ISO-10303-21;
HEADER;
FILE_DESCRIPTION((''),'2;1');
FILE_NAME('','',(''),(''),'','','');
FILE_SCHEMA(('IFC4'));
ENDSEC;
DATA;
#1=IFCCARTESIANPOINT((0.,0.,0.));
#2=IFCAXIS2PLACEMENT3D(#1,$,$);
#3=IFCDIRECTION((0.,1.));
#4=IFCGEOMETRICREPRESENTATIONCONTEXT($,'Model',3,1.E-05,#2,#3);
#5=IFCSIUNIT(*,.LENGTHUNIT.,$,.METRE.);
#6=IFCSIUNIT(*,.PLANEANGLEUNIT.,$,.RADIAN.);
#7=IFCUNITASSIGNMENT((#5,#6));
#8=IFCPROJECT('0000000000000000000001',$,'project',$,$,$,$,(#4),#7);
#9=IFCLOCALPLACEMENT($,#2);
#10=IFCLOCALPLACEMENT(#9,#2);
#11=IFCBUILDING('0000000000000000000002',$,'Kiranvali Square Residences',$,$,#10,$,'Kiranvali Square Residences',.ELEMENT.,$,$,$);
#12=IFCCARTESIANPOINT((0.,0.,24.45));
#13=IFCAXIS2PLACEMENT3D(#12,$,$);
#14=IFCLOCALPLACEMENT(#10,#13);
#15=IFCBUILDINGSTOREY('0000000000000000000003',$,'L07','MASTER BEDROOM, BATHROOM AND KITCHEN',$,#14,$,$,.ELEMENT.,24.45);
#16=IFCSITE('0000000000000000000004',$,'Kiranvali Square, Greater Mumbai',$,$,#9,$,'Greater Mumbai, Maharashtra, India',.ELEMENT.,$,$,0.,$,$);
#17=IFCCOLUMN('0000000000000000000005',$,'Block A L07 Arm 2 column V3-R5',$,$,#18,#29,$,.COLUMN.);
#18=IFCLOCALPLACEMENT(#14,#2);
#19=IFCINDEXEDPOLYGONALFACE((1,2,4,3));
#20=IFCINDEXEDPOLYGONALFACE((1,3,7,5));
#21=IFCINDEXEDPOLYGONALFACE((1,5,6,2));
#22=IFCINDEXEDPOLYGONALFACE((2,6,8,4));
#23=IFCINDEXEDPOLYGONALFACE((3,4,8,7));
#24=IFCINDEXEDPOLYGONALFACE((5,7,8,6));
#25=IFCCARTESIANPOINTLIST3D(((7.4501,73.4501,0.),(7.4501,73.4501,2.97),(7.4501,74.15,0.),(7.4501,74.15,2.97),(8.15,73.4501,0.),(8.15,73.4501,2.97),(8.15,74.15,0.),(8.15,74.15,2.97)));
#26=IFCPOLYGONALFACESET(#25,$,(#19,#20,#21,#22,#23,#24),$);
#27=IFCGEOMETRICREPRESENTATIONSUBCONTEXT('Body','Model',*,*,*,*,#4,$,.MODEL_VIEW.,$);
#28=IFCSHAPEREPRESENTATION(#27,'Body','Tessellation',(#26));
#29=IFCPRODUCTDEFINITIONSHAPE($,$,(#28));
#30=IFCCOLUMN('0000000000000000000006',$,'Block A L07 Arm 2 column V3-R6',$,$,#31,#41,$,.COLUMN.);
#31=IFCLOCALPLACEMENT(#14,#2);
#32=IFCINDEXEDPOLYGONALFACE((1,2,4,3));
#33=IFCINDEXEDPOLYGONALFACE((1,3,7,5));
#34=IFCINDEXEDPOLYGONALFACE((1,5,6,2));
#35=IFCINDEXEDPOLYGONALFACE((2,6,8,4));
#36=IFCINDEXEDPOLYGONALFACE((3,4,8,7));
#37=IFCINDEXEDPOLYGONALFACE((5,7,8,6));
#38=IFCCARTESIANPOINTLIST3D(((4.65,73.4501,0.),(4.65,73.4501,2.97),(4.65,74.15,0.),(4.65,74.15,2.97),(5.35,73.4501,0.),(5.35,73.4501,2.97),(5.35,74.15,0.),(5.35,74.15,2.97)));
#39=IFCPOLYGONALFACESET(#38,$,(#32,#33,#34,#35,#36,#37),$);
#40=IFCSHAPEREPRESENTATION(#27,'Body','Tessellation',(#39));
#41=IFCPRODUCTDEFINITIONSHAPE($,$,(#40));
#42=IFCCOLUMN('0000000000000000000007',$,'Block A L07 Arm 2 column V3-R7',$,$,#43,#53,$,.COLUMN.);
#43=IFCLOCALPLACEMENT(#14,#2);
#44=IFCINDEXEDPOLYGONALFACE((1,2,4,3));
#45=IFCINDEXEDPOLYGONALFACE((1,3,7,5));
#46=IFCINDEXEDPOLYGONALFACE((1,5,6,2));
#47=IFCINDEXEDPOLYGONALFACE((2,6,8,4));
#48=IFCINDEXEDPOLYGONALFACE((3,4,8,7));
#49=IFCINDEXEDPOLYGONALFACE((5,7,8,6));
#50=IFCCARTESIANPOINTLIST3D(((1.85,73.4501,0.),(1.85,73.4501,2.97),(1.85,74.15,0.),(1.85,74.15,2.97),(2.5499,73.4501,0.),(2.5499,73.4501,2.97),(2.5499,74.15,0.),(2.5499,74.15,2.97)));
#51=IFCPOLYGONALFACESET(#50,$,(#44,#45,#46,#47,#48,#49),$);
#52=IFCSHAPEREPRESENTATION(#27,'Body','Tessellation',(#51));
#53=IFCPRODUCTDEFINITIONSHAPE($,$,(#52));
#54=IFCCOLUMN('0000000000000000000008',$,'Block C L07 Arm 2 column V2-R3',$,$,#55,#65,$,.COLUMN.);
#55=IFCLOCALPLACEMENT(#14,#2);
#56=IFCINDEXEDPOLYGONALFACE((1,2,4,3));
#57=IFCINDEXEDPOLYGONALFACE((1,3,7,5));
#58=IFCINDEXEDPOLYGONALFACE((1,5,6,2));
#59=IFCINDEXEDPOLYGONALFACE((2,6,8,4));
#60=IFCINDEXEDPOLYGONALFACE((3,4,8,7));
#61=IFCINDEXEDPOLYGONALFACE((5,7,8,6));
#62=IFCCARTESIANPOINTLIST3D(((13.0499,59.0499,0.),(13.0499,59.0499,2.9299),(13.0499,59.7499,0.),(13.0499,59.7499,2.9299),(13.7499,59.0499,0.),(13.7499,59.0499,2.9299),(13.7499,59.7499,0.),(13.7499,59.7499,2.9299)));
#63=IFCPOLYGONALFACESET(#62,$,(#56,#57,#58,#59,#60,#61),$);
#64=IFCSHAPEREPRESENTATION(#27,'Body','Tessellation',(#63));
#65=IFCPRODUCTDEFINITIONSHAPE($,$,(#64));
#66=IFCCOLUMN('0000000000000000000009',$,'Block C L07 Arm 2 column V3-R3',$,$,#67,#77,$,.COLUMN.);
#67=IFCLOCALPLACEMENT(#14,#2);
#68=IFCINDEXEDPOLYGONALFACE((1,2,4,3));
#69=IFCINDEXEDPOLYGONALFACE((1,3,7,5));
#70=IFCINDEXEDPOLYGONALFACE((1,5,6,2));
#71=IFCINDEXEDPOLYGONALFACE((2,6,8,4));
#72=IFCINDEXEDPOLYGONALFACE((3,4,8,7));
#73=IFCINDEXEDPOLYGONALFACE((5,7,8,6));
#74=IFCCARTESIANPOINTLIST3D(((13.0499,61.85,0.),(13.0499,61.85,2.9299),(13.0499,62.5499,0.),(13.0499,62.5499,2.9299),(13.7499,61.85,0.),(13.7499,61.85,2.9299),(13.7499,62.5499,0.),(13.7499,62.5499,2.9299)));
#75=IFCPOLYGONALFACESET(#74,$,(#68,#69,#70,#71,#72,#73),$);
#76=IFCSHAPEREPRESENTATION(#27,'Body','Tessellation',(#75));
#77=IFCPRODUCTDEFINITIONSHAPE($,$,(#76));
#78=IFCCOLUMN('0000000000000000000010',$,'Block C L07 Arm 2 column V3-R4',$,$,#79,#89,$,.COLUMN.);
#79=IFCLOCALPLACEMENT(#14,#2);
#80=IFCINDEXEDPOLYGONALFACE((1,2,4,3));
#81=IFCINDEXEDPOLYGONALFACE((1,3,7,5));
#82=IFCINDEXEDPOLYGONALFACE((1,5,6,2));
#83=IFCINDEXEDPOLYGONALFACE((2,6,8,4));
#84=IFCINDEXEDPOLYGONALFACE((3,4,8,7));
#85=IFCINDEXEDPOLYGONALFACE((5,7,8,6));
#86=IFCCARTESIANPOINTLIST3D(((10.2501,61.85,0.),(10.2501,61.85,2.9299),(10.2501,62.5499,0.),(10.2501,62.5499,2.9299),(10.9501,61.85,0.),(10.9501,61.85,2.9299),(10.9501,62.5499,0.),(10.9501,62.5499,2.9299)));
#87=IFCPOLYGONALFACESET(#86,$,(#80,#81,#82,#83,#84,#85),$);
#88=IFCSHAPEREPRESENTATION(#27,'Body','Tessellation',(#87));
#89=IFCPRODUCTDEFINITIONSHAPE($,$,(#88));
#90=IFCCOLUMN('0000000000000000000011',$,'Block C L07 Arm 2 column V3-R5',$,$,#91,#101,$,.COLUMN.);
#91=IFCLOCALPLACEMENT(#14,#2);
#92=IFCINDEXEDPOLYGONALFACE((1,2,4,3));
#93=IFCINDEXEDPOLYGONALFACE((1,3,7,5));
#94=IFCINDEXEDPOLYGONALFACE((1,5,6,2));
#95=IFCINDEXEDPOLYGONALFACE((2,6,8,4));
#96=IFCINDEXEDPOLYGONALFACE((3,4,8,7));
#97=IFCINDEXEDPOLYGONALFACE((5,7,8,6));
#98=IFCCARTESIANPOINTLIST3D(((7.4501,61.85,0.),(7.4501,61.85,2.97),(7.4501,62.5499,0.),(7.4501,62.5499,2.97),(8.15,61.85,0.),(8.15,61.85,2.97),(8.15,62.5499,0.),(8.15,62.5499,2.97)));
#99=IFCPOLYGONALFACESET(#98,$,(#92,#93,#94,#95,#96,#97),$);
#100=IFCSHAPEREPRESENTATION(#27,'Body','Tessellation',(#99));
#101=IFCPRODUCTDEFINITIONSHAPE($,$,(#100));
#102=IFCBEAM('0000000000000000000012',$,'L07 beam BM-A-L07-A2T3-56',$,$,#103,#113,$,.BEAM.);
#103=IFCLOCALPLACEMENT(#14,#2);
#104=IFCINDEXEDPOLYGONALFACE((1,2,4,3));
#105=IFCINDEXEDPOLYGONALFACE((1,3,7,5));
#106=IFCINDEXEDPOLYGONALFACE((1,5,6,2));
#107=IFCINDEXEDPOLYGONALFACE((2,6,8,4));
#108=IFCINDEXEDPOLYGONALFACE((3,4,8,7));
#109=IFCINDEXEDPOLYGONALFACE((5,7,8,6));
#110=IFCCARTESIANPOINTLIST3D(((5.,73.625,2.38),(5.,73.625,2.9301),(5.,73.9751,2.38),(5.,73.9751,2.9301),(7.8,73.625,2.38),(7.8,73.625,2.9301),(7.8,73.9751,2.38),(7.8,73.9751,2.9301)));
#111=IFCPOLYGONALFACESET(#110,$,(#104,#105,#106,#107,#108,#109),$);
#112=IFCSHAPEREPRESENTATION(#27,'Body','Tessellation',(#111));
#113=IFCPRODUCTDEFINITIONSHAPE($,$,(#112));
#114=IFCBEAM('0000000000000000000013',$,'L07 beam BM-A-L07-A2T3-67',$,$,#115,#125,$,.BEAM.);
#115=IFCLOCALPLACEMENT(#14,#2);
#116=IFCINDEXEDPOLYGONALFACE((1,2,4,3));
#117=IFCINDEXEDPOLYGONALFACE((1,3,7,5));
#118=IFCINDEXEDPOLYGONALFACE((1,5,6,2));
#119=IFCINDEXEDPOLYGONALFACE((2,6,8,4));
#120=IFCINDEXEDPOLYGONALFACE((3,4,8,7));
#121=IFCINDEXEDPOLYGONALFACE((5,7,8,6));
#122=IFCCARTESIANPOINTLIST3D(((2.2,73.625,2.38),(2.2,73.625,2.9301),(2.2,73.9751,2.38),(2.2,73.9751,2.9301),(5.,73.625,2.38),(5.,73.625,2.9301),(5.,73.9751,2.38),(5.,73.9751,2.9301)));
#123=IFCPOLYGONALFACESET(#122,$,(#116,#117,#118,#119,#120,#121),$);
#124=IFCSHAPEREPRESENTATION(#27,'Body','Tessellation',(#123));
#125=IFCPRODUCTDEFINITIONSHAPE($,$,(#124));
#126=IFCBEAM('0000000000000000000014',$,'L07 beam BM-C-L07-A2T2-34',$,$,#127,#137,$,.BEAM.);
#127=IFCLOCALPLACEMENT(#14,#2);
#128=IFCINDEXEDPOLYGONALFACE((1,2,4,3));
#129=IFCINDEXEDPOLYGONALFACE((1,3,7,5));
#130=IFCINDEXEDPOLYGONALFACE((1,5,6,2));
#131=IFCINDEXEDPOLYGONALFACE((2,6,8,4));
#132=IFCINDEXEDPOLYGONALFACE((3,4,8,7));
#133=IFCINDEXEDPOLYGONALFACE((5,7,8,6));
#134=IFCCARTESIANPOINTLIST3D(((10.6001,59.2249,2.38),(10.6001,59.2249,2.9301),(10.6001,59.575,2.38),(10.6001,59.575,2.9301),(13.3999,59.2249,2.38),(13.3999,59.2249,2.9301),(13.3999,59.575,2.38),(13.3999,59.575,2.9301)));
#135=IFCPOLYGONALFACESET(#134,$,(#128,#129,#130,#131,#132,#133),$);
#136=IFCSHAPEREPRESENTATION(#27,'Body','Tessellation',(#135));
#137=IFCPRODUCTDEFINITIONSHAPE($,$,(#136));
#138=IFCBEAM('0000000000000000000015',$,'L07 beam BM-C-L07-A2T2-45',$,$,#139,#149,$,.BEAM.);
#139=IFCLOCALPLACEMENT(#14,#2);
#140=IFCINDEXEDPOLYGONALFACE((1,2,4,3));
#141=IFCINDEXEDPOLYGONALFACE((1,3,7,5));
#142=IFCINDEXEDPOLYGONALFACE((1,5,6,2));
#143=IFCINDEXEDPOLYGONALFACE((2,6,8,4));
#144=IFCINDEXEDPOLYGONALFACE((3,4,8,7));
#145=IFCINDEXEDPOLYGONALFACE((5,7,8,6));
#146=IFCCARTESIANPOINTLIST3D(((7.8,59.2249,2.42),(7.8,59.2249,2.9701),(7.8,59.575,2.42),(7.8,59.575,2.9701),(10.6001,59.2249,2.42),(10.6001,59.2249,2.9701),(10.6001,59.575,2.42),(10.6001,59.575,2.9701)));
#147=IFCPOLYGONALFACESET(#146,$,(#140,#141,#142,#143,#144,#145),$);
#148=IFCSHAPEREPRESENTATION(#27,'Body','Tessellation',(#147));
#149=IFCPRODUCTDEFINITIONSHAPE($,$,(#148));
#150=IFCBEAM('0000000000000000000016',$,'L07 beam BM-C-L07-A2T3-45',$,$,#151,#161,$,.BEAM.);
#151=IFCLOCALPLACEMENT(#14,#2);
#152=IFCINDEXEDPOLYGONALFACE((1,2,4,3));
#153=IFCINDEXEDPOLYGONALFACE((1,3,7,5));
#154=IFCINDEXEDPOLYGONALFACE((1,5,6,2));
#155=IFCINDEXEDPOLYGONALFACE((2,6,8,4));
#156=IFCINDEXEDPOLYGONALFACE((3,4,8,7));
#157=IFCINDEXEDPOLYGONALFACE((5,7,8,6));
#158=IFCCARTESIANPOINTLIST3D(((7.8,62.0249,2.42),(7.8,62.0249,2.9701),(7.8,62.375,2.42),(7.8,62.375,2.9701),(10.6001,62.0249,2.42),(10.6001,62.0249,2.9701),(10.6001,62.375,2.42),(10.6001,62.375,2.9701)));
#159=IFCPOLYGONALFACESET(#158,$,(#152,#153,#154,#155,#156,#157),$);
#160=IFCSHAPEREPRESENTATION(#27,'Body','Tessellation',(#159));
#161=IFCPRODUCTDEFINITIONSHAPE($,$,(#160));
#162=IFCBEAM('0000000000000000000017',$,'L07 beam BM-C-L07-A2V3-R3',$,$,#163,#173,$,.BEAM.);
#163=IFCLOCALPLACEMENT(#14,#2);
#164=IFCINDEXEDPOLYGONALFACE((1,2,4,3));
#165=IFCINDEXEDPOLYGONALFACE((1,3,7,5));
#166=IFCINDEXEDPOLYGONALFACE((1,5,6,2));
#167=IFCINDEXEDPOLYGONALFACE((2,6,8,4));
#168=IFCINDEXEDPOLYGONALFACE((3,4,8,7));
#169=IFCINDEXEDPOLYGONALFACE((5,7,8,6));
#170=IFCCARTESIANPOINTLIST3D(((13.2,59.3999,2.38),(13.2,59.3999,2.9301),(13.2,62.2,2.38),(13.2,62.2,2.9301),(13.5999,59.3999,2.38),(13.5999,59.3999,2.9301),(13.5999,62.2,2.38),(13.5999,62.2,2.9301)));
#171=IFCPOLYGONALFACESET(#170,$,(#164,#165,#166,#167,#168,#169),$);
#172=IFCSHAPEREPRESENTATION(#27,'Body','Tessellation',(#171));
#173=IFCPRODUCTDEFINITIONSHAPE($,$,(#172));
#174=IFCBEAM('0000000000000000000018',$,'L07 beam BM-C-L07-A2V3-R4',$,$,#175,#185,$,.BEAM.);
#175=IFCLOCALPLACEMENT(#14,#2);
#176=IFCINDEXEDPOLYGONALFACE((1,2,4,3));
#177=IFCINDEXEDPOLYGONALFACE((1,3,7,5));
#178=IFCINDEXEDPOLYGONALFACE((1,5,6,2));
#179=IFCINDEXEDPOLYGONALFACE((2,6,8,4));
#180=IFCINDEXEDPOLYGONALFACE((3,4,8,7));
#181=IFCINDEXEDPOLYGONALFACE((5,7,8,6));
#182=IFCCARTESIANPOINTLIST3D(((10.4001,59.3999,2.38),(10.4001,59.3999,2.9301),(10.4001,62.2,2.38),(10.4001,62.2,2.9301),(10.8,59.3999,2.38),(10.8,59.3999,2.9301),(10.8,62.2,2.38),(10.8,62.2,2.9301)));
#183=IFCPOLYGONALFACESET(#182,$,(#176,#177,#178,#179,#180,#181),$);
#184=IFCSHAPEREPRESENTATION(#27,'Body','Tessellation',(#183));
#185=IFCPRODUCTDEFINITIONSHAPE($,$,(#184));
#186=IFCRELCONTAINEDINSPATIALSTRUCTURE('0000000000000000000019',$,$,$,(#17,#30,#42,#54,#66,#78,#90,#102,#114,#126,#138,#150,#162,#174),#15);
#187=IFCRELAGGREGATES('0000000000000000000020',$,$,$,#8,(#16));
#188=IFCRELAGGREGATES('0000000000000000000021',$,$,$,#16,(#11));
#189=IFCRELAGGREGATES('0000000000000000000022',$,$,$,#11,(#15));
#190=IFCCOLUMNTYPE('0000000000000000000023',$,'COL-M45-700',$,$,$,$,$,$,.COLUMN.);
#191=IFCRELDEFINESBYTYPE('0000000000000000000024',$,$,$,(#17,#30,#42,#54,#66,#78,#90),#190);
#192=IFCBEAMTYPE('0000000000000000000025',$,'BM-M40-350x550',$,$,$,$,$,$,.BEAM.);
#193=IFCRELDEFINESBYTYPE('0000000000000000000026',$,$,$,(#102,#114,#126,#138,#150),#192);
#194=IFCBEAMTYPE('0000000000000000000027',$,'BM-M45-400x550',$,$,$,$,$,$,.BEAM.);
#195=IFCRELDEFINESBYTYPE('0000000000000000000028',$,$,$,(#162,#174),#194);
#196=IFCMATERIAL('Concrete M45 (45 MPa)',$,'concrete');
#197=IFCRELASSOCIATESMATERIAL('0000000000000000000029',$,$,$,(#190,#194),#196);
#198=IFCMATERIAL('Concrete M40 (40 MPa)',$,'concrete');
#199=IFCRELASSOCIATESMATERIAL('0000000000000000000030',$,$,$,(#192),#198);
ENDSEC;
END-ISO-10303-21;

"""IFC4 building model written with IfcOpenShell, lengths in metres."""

from ifc_helpers import new_model, si_unit, direction, frame, origin, origin_2d, place, context, subcontext, project, spatial, rectangle, extrude, material, material_profile, profile_set, type_object, element, save


model = new_model("IFC4")

# Units and contexts
model_context = context("Model", 3, precision=1e-05, world=origin(), true_north=direction((0.0, 1.0)))
body_context = subcontext(model_context, "Body", "Model", "MODEL_VIEW")
ifc_project = project(units=[si_unit("LENGTHUNIT", "METRE"), si_unit("PLANEANGLEUNIT", "RADIAN")], contexts=[model_context])

# Site, building, storey
site_placement = place(None, origin())
site = spatial("IfcSite", under=ifc_project, at=site_placement, Name="Kiranvali Square, Greater Mumbai", LongName="Greater Mumbai, Maharashtra, India", CompositionType="ELEMENT", RefElevation=0.0)
building_placement = place(site_placement, origin())
building = spatial("IfcBuilding", under=site, at=building_placement, Name="Kiranvali Square Residences", LongName="Kiranvali Square Residences", CompositionType="ELEMENT")
storey_placement = place(building_placement, frame((0.0, 0.0, 24.45)))
storey = spatial("IfcBuildingStorey", under=building, at=storey_placement, Name="L07", Description="MASTER BEDROOM, BATHROOM AND KITCHEN", CompositionType="ELEMENT", Elevation=24.45)

# Columns
ifc_material_1 = material(Name="Concrete M45 (45 MPa)", Category="concrete")
ifc_material_profile_1 = material_profile(ifc_material_1, rectangle(XDim=0.7, YDim=0.7, at=origin_2d()), Name="RC 700x700")
ifc_profile_set_1 = profile_set([ifc_material_profile_1], Name="Concrete M45 (45 MPa)")
column_type = type_object("IfcColumnType", Name="COL-M45-700", PredefinedType="COLUMN", material=ifc_profile_set_1)
for number, where, z_axis, x_axis, name in (
    (1, (7.8, 73.8, 0.0), (0.0, 0.0, 1.0), (1.0, 0.0, 0.0), "Block A L07 Arm 2 column V3-R5"),
    (2, (5.0, 73.8, 0.0), (0.0, 0.0, 1.0), (1.0, 0.0, 0.0), "Block A L07 Arm 2 column V3-R6"),
    (3, (2.2, 73.8, 0.0), (0.0, 0.0, 1.0), (1.0, 0.0, 0.0), "Block A L07 Arm 2 column V3-R7"),
):
    element("IfcColumn", number, at=place(storey_placement, frame(where, z_axis=z_axis, x_axis=x_axis)), inside=storey, type_object=column_type, Name=name, PredefinedType="COLUMN", context=body_context, shape_type="SweptSolid", body=[
        extrude(rectangle(XDim=0.7, YDim=0.7, at=origin_2d()), origin(), (0.0, 0.0, 1.0), 2.97),
    ])
for number, where, z_axis, x_axis, name in (
    (4, (13.3999, 59.3999, 0.0), (0.0, 0.0, 1.0), (1.0, 0.0, 0.0), "Block C L07 Arm 2 column V2-R3"),
    (5, (13.3999, 62.2, 0.0), (0.0, 0.0, 1.0), (1.0, 0.0, 0.0), "Block C L07 Arm 2 column V3-R3"),
    (6, (10.6001, 62.2, 0.0), (0.0, 0.0, 1.0), (1.0, 0.0, 0.0), "Block C L07 Arm 2 column V3-R4"),
):
    element("IfcColumn", number, at=place(storey_placement, frame(where, z_axis=z_axis, x_axis=x_axis)), inside=storey, type_object=column_type, Name=name, PredefinedType="COLUMN", context=body_context, shape_type="SweptSolid", body=[
        extrude(rectangle(XDim=0.7, YDim=0.7, at=origin_2d()), origin(), (0.0, 0.0, 1.0), 2.9299),
    ])
column_placement = place(storey_placement, frame((7.8, 62.2, 0.0), z_axis=(0.0, 0.0, 1.0), x_axis=(1.0, 0.0, 0.0)))
element("IfcColumn", 7, at=column_placement, inside=storey, type_object=column_type, Name="Block C L07 Arm 2 column V3-R5", PredefinedType="COLUMN", context=body_context, shape_type="SweptSolid", body=[
    extrude(rectangle(XDim=0.7, YDim=0.7, at=origin_2d()), origin(), (0.0, 0.0, 1.0), 2.97),
])

# Beams
ifc_material_2 = material(Name="Concrete M40 (40 MPa)", Category="concrete")
ifc_material_profile_2 = material_profile(ifc_material_2, rectangle(XDim=0.3501, YDim=0.55, at=origin_2d()), Name="RC 350x550")
ifc_profile_set_2 = profile_set([ifc_material_profile_2], Name="Concrete M40 (40 MPa)")
beam_type_1 = type_object("IfcBeamType", Name="BM-M40-350x550", PredefinedType="BEAM", material=ifc_profile_set_2)
for number, where, z_axis, x_axis, name in (
    (8, (7.8, 73.8, 2.655), (-1.0, 0.0, 0.0), (0.0, -1.0, 0.0), "L07 beam BM-A-L07-A2T3-56"),
    (9, (5.0, 73.8, 2.655), (-1.0, 0.0, 0.0), (0.0, -1.0, 0.0), "L07 beam BM-A-L07-A2T3-67"),
):
    element("IfcBeam", number, at=place(storey_placement, frame(where, z_axis=z_axis, x_axis=x_axis)), inside=storey, type_object=beam_type_1, Name=name, PredefinedType="BEAM", context=body_context, shape_type="SweptSolid", body=[
        extrude(rectangle(XDim=0.3501, YDim=0.55, at=origin_2d()), origin(), (0.0, 0.0, 1.0), 2.8),
    ])
beam_placement = place(storey_placement, frame((13.3999, 59.3999, 2.655), z_axis=(-1.0, 0.0, 0.0), x_axis=(0.0, -1.0, 0.0)))
element("IfcBeam", 10, at=beam_placement, inside=storey, type_object=beam_type_1, Name="L07 beam BM-C-L07-A2T2-34", PredefinedType="BEAM", context=body_context, shape_type="SweptSolid", body=[
    extrude(rectangle(XDim=0.3501, YDim=0.55, at=origin_2d()), origin(), (0.0, 0.0, 1.0), 2.7998),
])
for number, where, z_axis, x_axis, name in (
    (11, (10.6001, 59.3999, 2.6951), (-1.0, 0.0, 0.0), (0.0, -1.0, 0.0), "L07 beam BM-C-L07-A2T2-45"),
    (12, (10.6001, 62.2, 2.6951), (-1.0, 0.0, 0.0), (0.0, -1.0, 0.0), "L07 beam BM-C-L07-A2T3-45"),
):
    element("IfcBeam", number, at=place(storey_placement, frame(where, z_axis=z_axis, x_axis=x_axis)), inside=storey, type_object=beam_type_1, Name=name, PredefinedType="BEAM", context=body_context, shape_type="SweptSolid", body=[
        extrude(rectangle(XDim=0.3501, YDim=0.55, at=origin_2d()), origin(), (0.0, 0.0, 1.0), 2.8),
    ])
ifc_material_profile_3 = material_profile(ifc_material_1, rectangle(XDim=0.3999, YDim=0.55, at=origin_2d()), Name="RC 400x550")
ifc_profile_set_3 = profile_set([ifc_material_profile_3], Name="Concrete M45 (45 MPa)")
beam_type_2 = type_object("IfcBeamType", Name="BM-M45-400x550", PredefinedType="BEAM", material=ifc_profile_set_3)
for number, where, z_axis, x_axis, name in (
    (13, (13.3999, 59.3999, 2.655), (0.0, 1.0, 0.0), (-1.0, 0.0, 0.0), "L07 beam BM-C-L07-A2V3-R3"),
    (14, (10.6001, 59.3999, 2.655), (0.0, 1.0, 0.0), (-1.0, 0.0, 0.0), "L07 beam BM-C-L07-A2V3-R4"),
):
    element("IfcBeam", number, at=place(storey_placement, frame(where, z_axis=z_axis, x_axis=x_axis)), inside=storey, type_object=beam_type_2, Name=name, PredefinedType="BEAM", context=body_context, shape_type="SweptSolid", body=[
        extrude(rectangle(XDim=0.3999, YDim=0.55, at=origin_2d()), origin(), (0.0, 0.0, 1.0), 2.8),
    ])

save(model, "model.ifc")
